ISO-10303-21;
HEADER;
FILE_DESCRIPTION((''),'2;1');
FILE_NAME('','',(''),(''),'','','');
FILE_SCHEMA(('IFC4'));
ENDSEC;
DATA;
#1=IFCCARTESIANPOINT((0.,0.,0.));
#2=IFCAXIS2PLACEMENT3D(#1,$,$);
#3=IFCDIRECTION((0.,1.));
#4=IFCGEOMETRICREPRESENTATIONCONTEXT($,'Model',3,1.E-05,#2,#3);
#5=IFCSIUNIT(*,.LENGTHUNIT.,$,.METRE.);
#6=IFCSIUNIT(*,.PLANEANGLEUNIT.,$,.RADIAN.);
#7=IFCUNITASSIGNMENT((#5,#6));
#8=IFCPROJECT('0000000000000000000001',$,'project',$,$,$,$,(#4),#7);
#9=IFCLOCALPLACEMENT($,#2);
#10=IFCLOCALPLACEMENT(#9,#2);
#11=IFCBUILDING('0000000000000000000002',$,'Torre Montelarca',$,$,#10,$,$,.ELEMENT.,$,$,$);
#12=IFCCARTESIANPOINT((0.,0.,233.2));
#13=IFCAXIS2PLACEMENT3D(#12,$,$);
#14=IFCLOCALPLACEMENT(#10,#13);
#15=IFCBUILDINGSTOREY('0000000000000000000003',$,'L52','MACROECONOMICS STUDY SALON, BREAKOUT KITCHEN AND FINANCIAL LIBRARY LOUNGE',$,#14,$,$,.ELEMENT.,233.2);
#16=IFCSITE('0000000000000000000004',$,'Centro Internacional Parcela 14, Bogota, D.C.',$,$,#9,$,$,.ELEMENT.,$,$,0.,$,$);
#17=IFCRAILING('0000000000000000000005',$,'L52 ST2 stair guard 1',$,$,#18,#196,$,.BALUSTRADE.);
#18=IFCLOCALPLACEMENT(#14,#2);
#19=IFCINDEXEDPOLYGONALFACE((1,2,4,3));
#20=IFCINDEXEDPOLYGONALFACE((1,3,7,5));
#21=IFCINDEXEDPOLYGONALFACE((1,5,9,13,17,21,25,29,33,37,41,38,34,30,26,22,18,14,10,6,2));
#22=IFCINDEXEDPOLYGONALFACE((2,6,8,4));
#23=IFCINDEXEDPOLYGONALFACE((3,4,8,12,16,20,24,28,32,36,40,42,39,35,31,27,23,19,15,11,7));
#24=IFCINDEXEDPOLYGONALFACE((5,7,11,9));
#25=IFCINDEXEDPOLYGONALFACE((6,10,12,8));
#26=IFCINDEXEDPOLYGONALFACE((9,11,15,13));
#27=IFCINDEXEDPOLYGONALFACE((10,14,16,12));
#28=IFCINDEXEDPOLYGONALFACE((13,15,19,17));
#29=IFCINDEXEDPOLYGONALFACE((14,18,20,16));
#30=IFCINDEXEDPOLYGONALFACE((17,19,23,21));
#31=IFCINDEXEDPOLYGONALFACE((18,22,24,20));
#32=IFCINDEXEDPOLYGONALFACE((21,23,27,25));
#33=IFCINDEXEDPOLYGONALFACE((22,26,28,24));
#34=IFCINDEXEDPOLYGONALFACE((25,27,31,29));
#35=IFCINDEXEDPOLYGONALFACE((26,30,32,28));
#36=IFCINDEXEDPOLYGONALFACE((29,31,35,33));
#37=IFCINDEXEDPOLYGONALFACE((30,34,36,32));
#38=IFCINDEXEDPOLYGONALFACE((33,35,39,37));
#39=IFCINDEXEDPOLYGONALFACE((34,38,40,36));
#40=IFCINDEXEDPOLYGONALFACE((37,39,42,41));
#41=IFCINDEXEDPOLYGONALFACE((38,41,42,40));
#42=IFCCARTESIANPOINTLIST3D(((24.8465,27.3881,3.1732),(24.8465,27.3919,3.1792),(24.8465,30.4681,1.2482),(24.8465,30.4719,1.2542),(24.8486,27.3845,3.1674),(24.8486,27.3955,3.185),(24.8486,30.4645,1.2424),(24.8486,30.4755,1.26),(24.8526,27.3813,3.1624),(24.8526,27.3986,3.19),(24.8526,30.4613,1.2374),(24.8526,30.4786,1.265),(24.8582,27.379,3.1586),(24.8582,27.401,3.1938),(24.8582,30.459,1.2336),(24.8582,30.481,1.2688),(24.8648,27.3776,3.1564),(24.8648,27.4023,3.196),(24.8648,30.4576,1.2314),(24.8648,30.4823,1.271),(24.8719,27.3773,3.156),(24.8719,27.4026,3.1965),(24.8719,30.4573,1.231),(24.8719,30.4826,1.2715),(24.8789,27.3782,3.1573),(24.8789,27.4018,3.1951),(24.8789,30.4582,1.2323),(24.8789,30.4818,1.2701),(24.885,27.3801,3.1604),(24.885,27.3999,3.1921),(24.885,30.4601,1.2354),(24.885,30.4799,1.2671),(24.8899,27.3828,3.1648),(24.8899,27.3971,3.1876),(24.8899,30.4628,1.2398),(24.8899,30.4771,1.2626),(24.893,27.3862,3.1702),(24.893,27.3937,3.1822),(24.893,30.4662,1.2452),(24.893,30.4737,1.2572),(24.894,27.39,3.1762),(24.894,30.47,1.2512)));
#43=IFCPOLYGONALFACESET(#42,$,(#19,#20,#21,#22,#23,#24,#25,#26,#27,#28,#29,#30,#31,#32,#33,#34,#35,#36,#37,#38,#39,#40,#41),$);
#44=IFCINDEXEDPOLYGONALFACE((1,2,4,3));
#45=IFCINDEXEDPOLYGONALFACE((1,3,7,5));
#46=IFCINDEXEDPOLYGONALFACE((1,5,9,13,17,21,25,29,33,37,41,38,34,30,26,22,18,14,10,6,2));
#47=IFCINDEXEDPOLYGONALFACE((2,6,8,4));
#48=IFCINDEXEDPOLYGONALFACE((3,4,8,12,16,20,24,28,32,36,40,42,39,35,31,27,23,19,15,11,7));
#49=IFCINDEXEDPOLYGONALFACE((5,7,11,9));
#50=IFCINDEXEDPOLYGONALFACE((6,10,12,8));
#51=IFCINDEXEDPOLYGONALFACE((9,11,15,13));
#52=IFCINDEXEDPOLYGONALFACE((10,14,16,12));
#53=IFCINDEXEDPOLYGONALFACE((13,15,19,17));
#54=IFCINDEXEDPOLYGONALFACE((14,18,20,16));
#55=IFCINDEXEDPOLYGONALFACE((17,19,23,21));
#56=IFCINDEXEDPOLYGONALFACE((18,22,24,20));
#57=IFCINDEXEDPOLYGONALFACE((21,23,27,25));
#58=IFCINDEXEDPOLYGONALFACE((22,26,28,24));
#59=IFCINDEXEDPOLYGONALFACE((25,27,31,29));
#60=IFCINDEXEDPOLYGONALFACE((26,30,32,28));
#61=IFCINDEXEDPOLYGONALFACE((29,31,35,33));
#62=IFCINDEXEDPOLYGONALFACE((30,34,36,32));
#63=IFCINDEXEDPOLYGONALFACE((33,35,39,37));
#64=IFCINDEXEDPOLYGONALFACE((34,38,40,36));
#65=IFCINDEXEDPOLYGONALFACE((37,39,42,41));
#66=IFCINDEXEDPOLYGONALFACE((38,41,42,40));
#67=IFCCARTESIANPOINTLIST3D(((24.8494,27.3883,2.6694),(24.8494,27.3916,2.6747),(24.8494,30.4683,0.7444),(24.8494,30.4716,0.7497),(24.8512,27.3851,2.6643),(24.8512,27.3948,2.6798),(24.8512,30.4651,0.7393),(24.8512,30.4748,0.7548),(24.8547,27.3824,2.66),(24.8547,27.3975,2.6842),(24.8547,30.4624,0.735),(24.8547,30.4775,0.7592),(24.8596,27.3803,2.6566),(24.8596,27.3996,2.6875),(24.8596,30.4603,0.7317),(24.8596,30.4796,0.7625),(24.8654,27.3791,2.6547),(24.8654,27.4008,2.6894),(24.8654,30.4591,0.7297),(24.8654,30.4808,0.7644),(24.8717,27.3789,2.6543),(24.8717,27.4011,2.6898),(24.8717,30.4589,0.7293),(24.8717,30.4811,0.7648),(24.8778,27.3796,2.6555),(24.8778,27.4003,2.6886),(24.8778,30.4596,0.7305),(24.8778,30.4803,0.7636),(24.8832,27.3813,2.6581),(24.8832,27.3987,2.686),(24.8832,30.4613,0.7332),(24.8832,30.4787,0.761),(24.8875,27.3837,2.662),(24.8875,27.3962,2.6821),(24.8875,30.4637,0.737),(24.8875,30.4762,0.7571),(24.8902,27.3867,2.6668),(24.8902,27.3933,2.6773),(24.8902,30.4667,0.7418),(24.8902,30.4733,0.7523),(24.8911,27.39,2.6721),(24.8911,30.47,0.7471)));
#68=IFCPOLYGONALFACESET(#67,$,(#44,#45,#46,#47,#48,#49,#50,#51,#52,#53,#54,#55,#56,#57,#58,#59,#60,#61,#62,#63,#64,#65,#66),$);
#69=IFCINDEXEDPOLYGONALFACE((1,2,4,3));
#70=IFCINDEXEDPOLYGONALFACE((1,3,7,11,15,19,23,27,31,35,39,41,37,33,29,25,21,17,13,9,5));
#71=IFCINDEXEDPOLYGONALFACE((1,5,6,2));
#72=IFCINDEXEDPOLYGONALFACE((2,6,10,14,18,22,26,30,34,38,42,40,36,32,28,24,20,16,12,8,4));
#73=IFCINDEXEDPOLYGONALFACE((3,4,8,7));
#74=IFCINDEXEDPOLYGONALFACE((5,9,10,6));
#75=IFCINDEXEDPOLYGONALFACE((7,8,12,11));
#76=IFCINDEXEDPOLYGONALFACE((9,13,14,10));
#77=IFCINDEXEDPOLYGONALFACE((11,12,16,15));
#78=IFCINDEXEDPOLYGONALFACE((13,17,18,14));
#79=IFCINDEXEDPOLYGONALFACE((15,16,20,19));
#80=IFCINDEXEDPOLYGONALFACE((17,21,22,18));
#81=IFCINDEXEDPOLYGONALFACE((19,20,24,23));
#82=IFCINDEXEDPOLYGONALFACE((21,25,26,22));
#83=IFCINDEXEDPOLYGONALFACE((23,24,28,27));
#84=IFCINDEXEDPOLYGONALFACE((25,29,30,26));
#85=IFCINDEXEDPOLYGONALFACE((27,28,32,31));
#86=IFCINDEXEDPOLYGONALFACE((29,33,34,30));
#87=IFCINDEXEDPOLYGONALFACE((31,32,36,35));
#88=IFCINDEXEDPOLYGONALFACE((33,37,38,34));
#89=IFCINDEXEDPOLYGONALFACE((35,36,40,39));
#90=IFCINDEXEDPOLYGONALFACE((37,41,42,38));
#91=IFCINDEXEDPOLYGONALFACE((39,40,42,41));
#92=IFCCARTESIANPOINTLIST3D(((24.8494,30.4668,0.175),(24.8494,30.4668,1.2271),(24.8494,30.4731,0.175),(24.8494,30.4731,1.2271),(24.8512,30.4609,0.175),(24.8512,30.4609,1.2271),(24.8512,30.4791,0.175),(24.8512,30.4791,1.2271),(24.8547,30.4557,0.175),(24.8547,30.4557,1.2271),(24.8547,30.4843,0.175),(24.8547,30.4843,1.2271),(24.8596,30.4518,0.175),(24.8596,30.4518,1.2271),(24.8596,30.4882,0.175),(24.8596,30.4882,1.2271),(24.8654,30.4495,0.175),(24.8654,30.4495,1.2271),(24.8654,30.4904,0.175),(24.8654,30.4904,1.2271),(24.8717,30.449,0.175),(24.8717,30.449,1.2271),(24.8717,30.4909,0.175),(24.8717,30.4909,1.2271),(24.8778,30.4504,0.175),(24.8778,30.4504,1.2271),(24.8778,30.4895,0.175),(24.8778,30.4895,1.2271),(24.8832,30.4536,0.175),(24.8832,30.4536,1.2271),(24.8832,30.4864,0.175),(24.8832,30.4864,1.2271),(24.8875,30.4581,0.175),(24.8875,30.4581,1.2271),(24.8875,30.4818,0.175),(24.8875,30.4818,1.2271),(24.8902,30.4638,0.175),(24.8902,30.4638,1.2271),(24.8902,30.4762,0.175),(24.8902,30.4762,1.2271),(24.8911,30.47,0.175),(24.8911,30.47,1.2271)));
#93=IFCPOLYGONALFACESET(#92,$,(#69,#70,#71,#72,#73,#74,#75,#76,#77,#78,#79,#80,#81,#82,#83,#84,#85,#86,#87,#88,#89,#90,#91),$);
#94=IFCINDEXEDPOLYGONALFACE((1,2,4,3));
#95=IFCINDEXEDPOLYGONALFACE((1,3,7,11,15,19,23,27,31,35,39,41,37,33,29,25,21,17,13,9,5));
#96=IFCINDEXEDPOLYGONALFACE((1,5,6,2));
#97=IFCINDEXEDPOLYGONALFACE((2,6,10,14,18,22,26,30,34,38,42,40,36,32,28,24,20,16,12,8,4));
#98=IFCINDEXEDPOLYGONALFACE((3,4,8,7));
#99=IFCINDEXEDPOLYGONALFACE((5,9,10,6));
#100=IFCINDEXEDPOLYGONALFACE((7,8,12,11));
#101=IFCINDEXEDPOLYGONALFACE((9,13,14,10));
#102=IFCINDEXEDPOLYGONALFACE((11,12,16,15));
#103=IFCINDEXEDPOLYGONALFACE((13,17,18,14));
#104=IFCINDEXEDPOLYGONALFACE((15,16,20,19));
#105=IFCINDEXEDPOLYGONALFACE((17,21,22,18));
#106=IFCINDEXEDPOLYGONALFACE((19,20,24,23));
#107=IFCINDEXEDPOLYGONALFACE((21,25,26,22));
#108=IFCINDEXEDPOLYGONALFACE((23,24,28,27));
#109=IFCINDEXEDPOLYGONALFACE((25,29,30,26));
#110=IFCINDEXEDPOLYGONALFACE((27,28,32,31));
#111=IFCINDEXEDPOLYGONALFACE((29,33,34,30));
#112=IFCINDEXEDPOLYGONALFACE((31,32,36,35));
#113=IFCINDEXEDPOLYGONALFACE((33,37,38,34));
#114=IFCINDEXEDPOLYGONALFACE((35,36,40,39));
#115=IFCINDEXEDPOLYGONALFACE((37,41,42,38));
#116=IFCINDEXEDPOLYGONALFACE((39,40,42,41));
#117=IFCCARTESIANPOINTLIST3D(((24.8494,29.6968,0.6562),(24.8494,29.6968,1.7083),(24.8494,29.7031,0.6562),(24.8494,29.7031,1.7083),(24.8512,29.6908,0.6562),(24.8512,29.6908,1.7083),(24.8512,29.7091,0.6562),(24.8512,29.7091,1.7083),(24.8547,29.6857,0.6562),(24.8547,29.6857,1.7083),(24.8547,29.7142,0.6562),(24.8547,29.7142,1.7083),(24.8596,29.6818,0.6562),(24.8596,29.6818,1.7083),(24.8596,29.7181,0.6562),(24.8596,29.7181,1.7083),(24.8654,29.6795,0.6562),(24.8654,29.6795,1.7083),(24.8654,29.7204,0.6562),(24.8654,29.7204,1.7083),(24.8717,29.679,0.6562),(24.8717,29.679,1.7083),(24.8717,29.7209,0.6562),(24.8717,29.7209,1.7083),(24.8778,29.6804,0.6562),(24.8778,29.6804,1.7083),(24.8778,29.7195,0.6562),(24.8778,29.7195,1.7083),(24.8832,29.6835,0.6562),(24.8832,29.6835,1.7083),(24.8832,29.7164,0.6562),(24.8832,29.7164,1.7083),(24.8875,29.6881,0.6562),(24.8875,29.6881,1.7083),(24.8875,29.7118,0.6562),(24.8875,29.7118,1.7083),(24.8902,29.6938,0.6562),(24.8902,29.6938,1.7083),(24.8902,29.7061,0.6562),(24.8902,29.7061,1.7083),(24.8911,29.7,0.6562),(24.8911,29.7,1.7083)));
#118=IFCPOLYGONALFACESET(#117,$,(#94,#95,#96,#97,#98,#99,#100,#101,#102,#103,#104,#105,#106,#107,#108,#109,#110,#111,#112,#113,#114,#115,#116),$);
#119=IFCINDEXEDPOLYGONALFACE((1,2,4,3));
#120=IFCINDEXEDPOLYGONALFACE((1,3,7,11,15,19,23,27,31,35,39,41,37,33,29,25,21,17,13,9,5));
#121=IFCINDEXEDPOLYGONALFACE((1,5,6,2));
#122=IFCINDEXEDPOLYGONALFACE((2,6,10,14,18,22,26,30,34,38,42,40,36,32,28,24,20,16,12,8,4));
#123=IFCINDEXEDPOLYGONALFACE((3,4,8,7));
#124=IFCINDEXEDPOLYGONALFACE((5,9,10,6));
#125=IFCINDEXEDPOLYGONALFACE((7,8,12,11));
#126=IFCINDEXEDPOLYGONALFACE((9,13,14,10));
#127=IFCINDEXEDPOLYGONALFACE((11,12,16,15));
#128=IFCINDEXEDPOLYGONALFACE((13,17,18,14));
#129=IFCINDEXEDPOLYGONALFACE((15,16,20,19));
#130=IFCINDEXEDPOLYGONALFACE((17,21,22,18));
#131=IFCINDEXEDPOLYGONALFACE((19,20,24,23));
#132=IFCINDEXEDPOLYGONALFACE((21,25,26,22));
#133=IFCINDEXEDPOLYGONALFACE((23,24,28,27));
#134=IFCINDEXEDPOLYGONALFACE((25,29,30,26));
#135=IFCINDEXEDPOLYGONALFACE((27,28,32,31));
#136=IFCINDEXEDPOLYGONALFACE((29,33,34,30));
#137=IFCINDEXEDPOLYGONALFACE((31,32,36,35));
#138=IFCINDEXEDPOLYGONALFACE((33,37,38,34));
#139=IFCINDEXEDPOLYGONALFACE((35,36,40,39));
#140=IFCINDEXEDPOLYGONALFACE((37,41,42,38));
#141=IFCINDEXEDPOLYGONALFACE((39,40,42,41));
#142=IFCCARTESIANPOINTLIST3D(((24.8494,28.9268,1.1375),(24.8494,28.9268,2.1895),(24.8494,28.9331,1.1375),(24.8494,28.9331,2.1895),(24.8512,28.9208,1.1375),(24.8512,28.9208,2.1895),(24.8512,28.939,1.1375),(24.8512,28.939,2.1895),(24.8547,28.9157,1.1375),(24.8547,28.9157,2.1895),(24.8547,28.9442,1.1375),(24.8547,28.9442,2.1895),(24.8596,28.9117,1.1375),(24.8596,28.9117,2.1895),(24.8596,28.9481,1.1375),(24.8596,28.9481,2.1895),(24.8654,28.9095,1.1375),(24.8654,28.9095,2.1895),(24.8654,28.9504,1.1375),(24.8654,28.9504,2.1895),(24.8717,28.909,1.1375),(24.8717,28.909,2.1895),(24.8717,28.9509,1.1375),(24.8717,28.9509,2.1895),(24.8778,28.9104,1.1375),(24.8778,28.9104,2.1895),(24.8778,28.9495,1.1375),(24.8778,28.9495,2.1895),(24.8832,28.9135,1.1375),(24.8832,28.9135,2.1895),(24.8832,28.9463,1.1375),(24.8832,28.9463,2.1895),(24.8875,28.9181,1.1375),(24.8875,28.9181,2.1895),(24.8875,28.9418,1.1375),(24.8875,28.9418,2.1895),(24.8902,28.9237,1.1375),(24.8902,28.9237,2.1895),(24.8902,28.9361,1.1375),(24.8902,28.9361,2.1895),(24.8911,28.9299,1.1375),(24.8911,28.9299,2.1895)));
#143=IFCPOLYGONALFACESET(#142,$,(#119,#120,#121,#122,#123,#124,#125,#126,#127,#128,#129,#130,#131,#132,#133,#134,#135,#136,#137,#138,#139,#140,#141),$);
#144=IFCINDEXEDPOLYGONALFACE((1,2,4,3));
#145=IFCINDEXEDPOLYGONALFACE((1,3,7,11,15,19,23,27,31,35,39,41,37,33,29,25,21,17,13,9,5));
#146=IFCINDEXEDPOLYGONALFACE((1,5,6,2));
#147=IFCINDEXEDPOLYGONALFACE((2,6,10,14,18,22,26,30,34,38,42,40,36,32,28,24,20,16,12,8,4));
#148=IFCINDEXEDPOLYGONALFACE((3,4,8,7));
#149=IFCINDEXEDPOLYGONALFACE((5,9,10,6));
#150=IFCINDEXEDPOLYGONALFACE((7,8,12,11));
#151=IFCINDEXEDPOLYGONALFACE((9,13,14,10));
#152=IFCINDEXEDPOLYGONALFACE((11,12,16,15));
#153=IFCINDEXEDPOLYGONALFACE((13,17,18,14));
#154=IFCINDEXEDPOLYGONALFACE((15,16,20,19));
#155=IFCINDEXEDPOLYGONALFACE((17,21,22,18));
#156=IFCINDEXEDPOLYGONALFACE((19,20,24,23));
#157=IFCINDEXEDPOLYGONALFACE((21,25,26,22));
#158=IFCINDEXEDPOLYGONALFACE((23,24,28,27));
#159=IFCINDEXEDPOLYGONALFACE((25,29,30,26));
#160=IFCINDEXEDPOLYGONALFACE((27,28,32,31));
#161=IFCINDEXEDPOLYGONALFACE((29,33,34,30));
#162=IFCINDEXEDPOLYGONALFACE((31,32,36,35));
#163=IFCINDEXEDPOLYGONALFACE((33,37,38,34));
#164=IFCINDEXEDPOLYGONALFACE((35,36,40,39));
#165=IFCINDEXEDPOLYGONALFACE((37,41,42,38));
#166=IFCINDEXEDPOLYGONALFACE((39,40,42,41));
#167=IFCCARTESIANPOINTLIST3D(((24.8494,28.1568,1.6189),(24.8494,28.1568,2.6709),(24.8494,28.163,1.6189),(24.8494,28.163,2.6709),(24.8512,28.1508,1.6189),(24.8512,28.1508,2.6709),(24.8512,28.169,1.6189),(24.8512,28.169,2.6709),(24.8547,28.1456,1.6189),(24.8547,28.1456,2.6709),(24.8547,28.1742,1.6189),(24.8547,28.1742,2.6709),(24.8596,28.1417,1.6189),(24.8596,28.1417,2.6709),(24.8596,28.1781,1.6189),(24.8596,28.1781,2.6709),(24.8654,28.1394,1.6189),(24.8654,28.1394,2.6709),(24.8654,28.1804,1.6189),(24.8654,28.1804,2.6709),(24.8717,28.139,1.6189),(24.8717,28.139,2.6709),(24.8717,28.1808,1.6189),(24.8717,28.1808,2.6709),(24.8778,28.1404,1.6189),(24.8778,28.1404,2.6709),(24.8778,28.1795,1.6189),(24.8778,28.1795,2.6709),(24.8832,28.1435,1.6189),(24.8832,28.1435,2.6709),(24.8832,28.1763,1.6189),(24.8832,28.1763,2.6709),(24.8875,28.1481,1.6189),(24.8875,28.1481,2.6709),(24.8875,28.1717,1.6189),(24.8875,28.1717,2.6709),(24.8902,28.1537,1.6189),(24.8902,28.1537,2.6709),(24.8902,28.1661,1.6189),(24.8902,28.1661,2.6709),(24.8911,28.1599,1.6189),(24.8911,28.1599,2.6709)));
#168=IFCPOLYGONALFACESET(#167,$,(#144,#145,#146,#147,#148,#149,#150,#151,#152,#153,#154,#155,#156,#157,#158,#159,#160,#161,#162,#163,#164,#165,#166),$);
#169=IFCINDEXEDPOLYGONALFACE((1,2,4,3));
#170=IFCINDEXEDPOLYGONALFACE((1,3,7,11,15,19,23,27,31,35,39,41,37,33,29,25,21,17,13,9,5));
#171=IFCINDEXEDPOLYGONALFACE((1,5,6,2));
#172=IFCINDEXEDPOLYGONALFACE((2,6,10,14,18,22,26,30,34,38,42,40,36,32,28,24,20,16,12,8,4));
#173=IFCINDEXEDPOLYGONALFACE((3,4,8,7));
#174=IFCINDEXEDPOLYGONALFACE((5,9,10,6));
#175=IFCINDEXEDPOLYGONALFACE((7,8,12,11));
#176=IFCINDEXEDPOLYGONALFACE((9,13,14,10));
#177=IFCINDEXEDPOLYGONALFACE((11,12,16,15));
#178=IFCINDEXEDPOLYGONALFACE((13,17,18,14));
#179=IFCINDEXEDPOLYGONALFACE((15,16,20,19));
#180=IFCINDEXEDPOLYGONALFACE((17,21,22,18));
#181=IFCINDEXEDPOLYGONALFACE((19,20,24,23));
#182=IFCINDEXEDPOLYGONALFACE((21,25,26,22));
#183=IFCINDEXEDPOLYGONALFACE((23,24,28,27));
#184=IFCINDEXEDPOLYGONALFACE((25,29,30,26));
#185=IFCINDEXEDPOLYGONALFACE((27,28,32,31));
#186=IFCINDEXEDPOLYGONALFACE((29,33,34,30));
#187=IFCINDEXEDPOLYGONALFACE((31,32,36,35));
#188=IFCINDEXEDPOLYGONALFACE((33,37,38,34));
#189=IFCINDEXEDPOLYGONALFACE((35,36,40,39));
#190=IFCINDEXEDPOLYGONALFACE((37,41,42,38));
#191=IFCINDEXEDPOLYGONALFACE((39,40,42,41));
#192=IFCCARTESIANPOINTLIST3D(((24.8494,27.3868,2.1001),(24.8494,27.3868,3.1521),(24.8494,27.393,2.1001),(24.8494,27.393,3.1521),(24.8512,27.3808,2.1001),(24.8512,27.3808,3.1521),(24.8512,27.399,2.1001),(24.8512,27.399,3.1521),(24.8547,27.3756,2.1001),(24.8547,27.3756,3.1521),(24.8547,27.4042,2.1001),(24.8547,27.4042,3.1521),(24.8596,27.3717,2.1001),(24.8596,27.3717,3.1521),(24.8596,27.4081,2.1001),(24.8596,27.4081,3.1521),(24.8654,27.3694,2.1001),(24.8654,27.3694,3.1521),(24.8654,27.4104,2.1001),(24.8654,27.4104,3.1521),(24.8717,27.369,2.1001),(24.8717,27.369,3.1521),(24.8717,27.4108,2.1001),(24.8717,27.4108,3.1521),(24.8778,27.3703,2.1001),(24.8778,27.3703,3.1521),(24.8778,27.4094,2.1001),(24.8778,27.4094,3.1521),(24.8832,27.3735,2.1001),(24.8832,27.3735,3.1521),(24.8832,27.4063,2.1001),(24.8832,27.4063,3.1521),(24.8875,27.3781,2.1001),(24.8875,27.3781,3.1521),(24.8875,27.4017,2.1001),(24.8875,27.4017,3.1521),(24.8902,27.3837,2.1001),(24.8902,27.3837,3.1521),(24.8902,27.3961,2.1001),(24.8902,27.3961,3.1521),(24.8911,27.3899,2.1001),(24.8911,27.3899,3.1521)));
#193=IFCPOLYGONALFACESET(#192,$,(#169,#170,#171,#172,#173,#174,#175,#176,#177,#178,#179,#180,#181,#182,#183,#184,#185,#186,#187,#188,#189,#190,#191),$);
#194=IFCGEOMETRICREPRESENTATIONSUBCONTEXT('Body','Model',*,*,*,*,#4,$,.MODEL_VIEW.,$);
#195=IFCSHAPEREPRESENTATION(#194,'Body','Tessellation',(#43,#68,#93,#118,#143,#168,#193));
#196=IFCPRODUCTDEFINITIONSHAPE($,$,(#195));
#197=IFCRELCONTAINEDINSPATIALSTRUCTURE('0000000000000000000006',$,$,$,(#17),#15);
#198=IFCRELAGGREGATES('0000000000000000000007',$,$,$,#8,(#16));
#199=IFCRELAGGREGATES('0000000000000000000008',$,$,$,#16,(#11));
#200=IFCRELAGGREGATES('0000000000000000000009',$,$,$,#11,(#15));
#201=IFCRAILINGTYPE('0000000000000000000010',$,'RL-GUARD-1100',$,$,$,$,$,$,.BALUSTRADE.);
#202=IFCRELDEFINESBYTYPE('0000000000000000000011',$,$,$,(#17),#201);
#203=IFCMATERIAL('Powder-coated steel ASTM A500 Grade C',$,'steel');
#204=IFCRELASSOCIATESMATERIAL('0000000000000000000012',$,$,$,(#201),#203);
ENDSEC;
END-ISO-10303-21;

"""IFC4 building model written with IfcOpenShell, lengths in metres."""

from ifc_helpers import new_model, si_unit, direction, frame, origin, origin_2d, place, context, subcontext, project, spatial, circle, extrude, material, type_object, element, save


model = new_model("IFC4")

# Units and contexts
model_context = context("Model", 3, precision=1e-05, world=origin(), true_north=direction((0.0, 1.0)))
body_context = subcontext(model_context, "Body", "Model", "MODEL_VIEW")
ifc_project = project(units=[si_unit("LENGTHUNIT", "METRE"), si_unit("PLANEANGLEUNIT", "RADIAN")], contexts=[model_context])

# Site, building, storey
site_placement = place(None, origin())
site = spatial("IfcSite", under=ifc_project, at=site_placement, Name="Centro Internacional Parcela 14, Bogota, D.C.", CompositionType="ELEMENT", RefElevation=0.0)
building_placement = place(site_placement, origin())
building = spatial("IfcBuilding", under=site, at=building_placement, Name="Torre Montelarca", CompositionType="ELEMENT")
storey_placement = place(building_placement, frame((0.0, 0.0, 233.2)))
storey = spatial("IfcBuildingStorey", under=building, at=storey_placement, Name="L52", Description="MACROECONOMICS STUDY SALON, BREAKOUT KITCHEN AND FINANCIAL LIBRARY LOUNGE", CompositionType="ELEMENT", Elevation=233.2)

# Railing
ifc_material_1 = material(Name="Powder-coated steel ASTM A500 Grade C", Category="steel")
railing_type_1 = type_object("IfcRailingType", Name="RL-GUARD-1100", PredefinedType="BALUSTRADE", material=ifc_material_1)
railing_1_placement = place(storey_placement, frame((24.8701, 30.47, 0.175)))
element("IfcRailing", 1, at=railing_1_placement, inside=storey, type_object=railing_type_1, Name="L52 ST2 stair guard 1", PredefinedType="BALUSTRADE", context=body_context, shape_type="SweptSolid", body=[
    extrude(circle(Radius=0.0239, at=origin_2d()), frame((0.0, 0.0, 1.0762), z_axis=(0.0, -0.847998, 0.529999), x_axis=(1.0, 0.0, 0.0)), (0.0, 0.0, 1.0), 3.6321),
    extrude(circle(Radius=0.021, at=origin_2d()), frame((0.0, 0.0, 0.572), z_axis=(0.0, -0.847998, 0.529999), x_axis=(1.0, 0.0, 0.0)), (0.0, 0.0, 1.0), 3.6321),
    extrude(circle(Radius=0.021, at=origin_2d()), origin(), (0.0, 0.0, 1.0), 1.052),
    extrude(circle(Radius=0.021, at=origin_2d()), frame((0.0, -0.77, 0.4812)), (0.0, 0.0, 1.0), 1.052),
    extrude(circle(Radius=0.021, at=origin_2d()), frame((0.0, -1.54, 0.9624)), (0.0, 0.0, 1.0), 1.052),
    extrude(circle(Radius=0.021, at=origin_2d()), frame((0.0, -2.3101, 1.4438)), (0.0, 0.0, 1.0), 1.052),
    extrude(circle(Radius=0.021, at=origin_2d()), frame((0.0, -3.0801, 1.925)), (0.0, 0.0, 1.0), 1.052),
])

save(model, "model.ifc")
